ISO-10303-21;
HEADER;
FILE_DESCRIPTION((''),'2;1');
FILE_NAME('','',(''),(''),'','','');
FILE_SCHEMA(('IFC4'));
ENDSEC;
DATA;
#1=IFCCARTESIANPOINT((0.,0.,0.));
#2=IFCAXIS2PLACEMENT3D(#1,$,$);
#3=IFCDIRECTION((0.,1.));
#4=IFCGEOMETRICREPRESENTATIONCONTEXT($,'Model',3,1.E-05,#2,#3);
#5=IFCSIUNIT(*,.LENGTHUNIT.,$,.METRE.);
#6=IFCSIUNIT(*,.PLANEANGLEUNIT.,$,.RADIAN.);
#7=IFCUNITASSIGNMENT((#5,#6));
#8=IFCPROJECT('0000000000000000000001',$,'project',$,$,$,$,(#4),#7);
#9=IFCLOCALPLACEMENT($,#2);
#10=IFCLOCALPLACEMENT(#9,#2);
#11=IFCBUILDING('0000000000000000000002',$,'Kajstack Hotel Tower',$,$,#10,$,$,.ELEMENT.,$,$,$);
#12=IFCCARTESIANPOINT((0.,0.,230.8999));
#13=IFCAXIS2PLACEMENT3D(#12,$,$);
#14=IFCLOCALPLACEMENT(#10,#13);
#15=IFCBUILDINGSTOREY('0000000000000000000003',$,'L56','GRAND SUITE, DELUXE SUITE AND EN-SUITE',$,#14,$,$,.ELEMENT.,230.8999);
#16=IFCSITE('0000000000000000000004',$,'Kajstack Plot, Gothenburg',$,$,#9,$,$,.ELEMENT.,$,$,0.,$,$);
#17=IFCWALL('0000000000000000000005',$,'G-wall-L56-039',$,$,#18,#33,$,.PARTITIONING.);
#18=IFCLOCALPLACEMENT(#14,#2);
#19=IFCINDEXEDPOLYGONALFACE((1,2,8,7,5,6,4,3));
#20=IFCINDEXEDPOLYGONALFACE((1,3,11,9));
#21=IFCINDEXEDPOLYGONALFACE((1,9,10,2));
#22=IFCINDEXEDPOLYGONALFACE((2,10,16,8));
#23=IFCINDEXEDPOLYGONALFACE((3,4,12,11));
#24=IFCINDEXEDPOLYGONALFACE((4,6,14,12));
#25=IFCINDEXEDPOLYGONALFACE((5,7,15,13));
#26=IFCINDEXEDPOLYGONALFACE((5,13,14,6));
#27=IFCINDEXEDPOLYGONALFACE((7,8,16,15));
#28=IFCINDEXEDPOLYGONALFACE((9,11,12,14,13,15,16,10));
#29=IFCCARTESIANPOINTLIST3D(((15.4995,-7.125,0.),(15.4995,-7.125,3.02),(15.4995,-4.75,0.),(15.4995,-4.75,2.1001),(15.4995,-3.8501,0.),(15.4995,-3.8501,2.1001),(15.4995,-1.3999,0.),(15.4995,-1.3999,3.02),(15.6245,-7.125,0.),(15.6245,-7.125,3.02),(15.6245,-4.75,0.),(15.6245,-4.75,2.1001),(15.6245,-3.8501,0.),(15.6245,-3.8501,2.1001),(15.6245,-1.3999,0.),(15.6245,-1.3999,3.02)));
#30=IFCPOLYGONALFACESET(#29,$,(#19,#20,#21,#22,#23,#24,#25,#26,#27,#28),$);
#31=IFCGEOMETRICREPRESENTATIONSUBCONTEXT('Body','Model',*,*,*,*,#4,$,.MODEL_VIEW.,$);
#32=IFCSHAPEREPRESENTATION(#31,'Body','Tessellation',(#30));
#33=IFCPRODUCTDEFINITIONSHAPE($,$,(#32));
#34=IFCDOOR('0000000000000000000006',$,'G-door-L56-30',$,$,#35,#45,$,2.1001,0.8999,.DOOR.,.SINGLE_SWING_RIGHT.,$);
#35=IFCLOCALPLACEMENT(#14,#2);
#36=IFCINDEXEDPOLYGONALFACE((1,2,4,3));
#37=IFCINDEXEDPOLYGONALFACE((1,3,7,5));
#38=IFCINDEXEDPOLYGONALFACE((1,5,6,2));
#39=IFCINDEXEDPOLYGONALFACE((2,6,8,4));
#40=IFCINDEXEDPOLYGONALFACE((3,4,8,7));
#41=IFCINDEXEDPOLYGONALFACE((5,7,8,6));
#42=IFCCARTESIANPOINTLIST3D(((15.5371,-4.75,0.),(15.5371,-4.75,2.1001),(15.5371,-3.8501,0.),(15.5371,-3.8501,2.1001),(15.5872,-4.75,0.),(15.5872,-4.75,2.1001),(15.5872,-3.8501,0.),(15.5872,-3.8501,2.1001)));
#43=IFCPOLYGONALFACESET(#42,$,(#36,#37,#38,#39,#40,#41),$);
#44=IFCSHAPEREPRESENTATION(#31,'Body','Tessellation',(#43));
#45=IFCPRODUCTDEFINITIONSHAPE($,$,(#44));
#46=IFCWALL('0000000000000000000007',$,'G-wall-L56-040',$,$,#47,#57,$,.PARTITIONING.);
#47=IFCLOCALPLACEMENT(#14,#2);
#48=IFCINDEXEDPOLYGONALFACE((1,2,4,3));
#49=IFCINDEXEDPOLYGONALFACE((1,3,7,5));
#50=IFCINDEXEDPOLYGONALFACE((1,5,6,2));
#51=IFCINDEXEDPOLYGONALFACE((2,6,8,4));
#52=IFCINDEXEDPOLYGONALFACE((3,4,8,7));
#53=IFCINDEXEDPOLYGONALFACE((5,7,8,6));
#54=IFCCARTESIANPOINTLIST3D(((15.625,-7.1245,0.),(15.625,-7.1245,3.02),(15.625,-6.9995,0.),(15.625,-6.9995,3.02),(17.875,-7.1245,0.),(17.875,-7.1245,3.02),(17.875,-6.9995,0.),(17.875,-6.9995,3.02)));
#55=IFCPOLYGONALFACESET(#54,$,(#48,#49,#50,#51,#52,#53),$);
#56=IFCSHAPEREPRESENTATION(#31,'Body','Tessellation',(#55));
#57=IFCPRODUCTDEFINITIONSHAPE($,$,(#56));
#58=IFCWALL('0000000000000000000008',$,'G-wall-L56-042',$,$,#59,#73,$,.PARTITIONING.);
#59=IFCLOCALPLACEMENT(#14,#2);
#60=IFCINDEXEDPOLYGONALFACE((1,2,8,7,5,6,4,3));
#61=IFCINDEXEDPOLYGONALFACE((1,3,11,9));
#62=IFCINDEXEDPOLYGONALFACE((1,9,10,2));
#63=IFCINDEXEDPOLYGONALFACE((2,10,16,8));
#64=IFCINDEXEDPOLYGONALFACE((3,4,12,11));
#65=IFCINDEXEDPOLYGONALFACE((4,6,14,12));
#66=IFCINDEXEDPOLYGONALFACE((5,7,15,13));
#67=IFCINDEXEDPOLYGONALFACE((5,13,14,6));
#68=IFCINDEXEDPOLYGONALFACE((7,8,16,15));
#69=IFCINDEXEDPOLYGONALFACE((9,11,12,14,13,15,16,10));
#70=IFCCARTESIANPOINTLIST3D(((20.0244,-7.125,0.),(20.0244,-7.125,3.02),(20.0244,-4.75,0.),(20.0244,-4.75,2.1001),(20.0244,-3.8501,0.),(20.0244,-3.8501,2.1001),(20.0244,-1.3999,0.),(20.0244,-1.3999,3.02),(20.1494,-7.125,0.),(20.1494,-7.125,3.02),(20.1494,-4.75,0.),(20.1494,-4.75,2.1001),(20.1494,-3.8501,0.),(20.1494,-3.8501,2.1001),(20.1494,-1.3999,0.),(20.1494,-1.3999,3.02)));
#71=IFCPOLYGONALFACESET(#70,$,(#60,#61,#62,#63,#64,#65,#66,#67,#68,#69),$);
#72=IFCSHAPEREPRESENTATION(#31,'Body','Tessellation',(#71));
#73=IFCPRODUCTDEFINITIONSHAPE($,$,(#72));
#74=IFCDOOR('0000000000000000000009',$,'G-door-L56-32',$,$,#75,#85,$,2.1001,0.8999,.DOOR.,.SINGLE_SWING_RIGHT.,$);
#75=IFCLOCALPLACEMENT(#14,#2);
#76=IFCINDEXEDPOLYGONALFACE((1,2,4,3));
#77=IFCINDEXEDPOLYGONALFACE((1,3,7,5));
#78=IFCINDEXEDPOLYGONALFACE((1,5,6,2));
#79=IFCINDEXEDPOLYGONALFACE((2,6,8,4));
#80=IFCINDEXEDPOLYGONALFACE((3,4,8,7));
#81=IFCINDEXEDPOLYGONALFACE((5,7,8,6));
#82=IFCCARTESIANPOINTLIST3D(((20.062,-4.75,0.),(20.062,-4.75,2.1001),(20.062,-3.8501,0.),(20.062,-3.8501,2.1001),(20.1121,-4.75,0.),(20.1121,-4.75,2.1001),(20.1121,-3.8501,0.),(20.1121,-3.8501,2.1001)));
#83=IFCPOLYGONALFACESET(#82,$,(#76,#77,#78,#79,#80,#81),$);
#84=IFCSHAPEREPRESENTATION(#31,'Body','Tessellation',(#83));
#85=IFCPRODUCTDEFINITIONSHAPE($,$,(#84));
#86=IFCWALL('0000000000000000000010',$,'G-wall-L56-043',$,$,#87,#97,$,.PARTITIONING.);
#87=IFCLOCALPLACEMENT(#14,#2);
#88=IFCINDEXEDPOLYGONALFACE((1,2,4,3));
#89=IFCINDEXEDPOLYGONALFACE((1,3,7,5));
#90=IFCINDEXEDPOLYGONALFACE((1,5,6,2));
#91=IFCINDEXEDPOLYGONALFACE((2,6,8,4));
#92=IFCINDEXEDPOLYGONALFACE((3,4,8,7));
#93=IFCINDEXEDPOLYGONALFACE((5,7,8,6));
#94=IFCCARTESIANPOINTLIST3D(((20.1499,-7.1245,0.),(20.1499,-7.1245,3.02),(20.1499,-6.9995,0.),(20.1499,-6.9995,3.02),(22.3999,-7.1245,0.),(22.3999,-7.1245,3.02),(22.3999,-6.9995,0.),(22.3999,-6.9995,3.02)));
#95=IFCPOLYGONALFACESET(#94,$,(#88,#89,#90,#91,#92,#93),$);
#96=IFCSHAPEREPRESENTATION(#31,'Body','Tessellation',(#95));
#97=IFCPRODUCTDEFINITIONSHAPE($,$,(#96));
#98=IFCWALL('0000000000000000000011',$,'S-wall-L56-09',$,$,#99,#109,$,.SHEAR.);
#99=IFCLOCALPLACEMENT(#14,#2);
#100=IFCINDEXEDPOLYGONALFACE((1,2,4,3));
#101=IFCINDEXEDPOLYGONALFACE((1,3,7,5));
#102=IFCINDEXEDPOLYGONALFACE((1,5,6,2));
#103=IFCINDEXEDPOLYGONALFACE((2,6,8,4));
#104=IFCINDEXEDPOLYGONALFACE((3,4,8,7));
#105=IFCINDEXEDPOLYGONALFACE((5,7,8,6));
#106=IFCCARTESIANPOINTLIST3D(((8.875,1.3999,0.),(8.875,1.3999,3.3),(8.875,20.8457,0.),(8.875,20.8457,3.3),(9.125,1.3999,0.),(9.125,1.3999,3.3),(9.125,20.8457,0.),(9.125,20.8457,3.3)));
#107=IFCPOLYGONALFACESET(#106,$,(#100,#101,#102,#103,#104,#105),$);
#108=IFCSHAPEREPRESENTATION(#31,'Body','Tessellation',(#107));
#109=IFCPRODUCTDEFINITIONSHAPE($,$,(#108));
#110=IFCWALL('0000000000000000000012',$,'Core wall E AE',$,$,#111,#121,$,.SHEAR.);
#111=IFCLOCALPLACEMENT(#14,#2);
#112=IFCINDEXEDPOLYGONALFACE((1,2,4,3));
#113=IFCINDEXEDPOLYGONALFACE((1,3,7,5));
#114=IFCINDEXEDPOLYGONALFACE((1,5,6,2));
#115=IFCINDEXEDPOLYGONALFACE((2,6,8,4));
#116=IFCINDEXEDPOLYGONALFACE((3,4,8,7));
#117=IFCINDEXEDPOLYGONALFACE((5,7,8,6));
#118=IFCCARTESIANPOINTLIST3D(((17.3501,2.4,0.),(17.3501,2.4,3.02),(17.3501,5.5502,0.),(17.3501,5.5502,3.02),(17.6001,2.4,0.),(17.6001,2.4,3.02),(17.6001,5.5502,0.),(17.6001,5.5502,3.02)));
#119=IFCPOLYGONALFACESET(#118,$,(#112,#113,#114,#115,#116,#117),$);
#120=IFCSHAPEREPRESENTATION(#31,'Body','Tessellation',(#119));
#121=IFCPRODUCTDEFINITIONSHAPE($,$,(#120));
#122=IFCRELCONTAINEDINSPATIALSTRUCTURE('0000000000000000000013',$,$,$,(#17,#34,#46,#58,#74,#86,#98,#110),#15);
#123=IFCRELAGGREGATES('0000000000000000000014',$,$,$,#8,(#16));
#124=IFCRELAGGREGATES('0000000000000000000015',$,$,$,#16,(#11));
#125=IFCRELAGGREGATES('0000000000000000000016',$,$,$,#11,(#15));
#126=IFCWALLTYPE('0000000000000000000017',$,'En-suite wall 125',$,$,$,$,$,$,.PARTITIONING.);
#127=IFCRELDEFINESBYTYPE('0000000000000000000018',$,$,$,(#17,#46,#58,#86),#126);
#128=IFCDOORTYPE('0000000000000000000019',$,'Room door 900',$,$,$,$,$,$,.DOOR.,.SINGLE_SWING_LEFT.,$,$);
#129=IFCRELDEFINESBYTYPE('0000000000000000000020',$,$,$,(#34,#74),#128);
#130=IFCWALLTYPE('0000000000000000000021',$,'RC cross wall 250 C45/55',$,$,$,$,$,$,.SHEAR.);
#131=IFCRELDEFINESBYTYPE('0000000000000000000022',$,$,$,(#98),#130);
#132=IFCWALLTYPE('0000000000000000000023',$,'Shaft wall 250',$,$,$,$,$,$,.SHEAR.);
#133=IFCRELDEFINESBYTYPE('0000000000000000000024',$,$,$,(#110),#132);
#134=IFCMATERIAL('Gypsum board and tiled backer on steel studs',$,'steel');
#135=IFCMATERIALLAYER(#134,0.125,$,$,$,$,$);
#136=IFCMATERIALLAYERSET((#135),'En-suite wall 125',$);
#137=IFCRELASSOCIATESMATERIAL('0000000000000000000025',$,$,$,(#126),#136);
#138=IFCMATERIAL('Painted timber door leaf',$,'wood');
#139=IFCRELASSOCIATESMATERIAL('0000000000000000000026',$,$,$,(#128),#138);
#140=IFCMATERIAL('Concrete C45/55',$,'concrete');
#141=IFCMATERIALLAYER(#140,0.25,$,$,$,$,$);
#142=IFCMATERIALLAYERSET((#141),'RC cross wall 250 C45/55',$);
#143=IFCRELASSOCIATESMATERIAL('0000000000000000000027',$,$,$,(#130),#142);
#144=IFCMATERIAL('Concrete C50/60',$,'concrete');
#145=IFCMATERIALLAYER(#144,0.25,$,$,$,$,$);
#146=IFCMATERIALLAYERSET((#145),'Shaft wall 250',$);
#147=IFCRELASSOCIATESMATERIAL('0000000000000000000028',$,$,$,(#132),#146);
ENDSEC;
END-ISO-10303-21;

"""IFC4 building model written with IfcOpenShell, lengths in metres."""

from ifc_helpers import new_model, si_unit, direction, frame, frame_2d, origin, place, context, subcontext, project, spatial, rectangle, extrude, material, layer, layer_set, type_object, element, fill, save


model = new_model("IFC4")

# Units and contexts
model_context = context("Model", 3, precision=1e-05, world=origin(), true_north=direction((0.0, 1.0)))
body_context = subcontext(model_context, "Body", "Model", "MODEL_VIEW")
ifc_project = project(units=[si_unit("LENGTHUNIT", "METRE"), si_unit("PLANEANGLEUNIT", "RADIAN")], contexts=[model_context])

# Site, building, storey
site_placement = place(None, origin())
site = spatial("IfcSite", under=ifc_project, at=site_placement, Name="Kajstack Plot, Gothenburg", CompositionType="ELEMENT", RefElevation=0.0)
building_placement = place(site_placement, origin())
building = spatial("IfcBuilding", under=site, at=building_placement, Name="Kajstack Hotel Tower", CompositionType="ELEMENT")
storey_placement = place(building_placement, frame((0.0, 0.0, 230.8999)))
storey = spatial("IfcBuildingStorey", under=building, at=storey_placement, Name="L56", Description="GRAND SUITE, DELUXE SUITE AND EN-SUITE", CompositionType="ELEMENT", Elevation=230.8999)

# Shared definitions
ifc_material_1 = material(Name="Gypsum board and tiled backer on steel studs", Category="steel")
ifc_layer_1 = layer(ifc_material_1, 0.125)
ifc_layer_set_1 = layer_set([ifc_layer_1], Name="En-suite wall 125")
wall_type_1 = type_object("IfcWallType", Name="En-suite wall 125", PredefinedType="PARTITIONING", material=ifc_layer_set_1)

# Wall, opening, door
wall_1_placement = place(storey_placement, frame((15.562, -7.125, 0.0), z_axis=(0.0, 0.0, 1.0), x_axis=(0.0, 1.0, 0.0)))
wall_1 = element("IfcWall", 1, at=wall_1_placement, inside=storey, type_object=wall_type_1, Name="G-wall-L56-039", PredefinedType="PARTITIONING", context=body_context, shape_type="SweptSolid", body=[
    extrude(rectangle(XDim=5.7251, YDim=0.125, at=frame_2d((2.8625, 0.0))), origin(), (0.0, 0.0, 1.0), 3.02),
])
opening_1_placement = place(wall_1_placement, frame((2.375, 0.0, 0.0)))
opening_1 = element("IfcOpeningElement", 2, at=opening_1_placement, cuts=wall_1, PredefinedType="OPENING", context=body_context, shape_type="SweptSolid", body=[
    extrude(rectangle(XDim=0.8999, YDim=2.1001, at=frame_2d((0.45, 1.05))), frame((0.0, 0.0725, 0.0), z_axis=(0.0, -1.0, 0.0), x_axis=(1.0, 0.0, 0.0)), (0.0, 0.0, 1.0), 0.145),
])
ifc_material_2 = material(Name="Painted timber door leaf", Category="wood")
door_type_1 = type_object("IfcDoorType", Name="Room door 900", OperationType="SINGLE_SWING_LEFT", PredefinedType="DOOR", material=ifc_material_2)
door_1_placement = place(opening_1_placement, origin())
door_1 = element("IfcDoor", 3, at=door_1_placement, inside=storey, type_object=door_type_1, Name="G-door-L56-30", OperationType="SINGLE_SWING_RIGHT", OverallHeight=2.1001, OverallWidth=0.8999, PredefinedType="DOOR", context=body_context, shape_type="SweptSolid", body=[
    extrude(rectangle(XDim=0.8999, YDim=2.1001, at=frame_2d((0.45, 1.05))), frame((0.0, 0.0249, 0.0), z_axis=(0.0, -1.0, 0.0), x_axis=(1.0, 0.0, 0.0)), (0.0, 0.0, 1.0), 0.05),
])
fill(opening_1, door_1)

# Wall
wall_2_placement = place(storey_placement, frame((15.625, -7.062, 0.0), z_axis=(0.0, 0.0, 1.0), x_axis=(1.0, 0.0, 0.0)))
element("IfcWall", 4, at=wall_2_placement, inside=storey, type_object=wall_type_1, Name="G-wall-L56-040", PredefinedType="PARTITIONING", context=body_context, shape_type="SweptSolid", body=[
    extrude(rectangle(XDim=2.25, YDim=0.125, at=frame_2d((1.125, 0.0))), origin(), (0.0, 0.0, 1.0), 3.02),
])

# Wall, opening, door
wall_3_placement = place(storey_placement, frame((20.0869, -7.125, 0.0), z_axis=(0.0, 0.0, 1.0), x_axis=(0.0, 1.0, 0.0)))
wall_3 = element("IfcWall", 5, at=wall_3_placement, inside=storey, type_object=wall_type_1, Name="G-wall-L56-042", PredefinedType="PARTITIONING", context=body_context, shape_type="SweptSolid", body=[
    extrude(rectangle(XDim=5.7251, YDim=0.125, at=frame_2d((2.8625, 0.0))), origin(), (0.0, 0.0, 1.0), 3.02),
])
opening_2_placement = place(wall_3_placement, frame((2.375, 0.0, 0.0)))
opening_2 = element("IfcOpeningElement", 6, at=opening_2_placement, cuts=wall_3, PredefinedType="OPENING", context=body_context, shape_type="SweptSolid", body=[
    extrude(rectangle(XDim=0.8999, YDim=2.1001, at=frame_2d((0.45, 1.05))), frame((0.0, 0.0725, 0.0), z_axis=(0.0, -1.0, 0.0), x_axis=(1.0, 0.0, 0.0)), (0.0, 0.0, 1.0), 0.145),
])
door_2_placement = place(opening_2_placement, origin())
door_2 = element("IfcDoor", 7, at=door_2_placement, inside=storey, type_object=door_type_1, Name="G-door-L56-32", OperationType="SINGLE_SWING_RIGHT", OverallHeight=2.1001, OverallWidth=0.8999, PredefinedType="DOOR", context=body_context, shape_type="SweptSolid", body=[
    extrude(rectangle(XDim=0.8999, YDim=2.1001, at=frame_2d((0.45, 1.05))), frame((0.0, 0.0249, 0.0), z_axis=(0.0, -1.0, 0.0), x_axis=(1.0, 0.0, 0.0)), (0.0, 0.0, 1.0), 0.05),
])
fill(opening_2, door_2)

# Walls
wall_4_placement = place(storey_placement, frame((20.1499, -7.062, 0.0), z_axis=(0.0, 0.0, 1.0), x_axis=(1.0, 0.0, 0.0)))
element("IfcWall", 8, at=wall_4_placement, inside=storey, type_object=wall_type_1, Name="G-wall-L56-043", PredefinedType="PARTITIONING", context=body_context, shape_type="SweptSolid", body=[
    extrude(rectangle(XDim=2.25, YDim=0.125, at=frame_2d((1.125, 0.0))), origin(), (0.0, 0.0, 1.0), 3.02),
])
ifc_material_3 = material(Name="Concrete C45/55", Category="concrete")
ifc_layer_2 = layer(ifc_material_3, 0.25)
ifc_layer_set_2 = layer_set([ifc_layer_2], Name="RC cross wall 250 C45/55")
wall_type_2 = type_object("IfcWallType", Name="RC cross wall 250 C45/55", PredefinedType="SHEAR", material=ifc_layer_set_2)
wall_5_placement = place(storey_placement, frame((9.0, 1.3999, 0.0), z_axis=(0.0, 0.0, 1.0), x_axis=(0.0, 1.0, 0.0)))
element("IfcWall", 9, at=wall_5_placement, inside=storey, type_object=wall_type_2, Name="S-wall-L56-09", PredefinedType="SHEAR", context=body_context, shape_type="SweptSolid", body=[
    extrude(rectangle(XDim=19.4458, YDim=0.25, at=frame_2d((9.7229, 0.0))), origin(), (0.0, 0.0, 1.0), 3.3),
])
ifc_material_4 = material(Name="Concrete C50/60", Category="concrete")
ifc_layer_3 = layer(ifc_material_4, 0.25)
ifc_layer_set_3 = layer_set([ifc_layer_3], Name="Shaft wall 250")
wall_type_3 = type_object("IfcWallType", Name="Shaft wall 250", PredefinedType="SHEAR", material=ifc_layer_set_3)
wall_6_placement = place(storey_placement, frame((17.4751, 2.3999, 0.0), z_axis=(0.0, 0.0, 1.0), x_axis=(0.0, 1.0, 0.0)))
element("IfcWall", 10, at=wall_6_placement, inside=storey, type_object=wall_type_3, Name="Core wall E AE", PredefinedType="SHEAR", context=body_context, shape_type="SweptSolid", body=[
    extrude(rectangle(XDim=3.1501, YDim=0.25, at=frame_2d((1.5752, 0.0))), origin(), (0.0, 0.0, 1.0), 3.02),
])

save(model, "model.ifc")
